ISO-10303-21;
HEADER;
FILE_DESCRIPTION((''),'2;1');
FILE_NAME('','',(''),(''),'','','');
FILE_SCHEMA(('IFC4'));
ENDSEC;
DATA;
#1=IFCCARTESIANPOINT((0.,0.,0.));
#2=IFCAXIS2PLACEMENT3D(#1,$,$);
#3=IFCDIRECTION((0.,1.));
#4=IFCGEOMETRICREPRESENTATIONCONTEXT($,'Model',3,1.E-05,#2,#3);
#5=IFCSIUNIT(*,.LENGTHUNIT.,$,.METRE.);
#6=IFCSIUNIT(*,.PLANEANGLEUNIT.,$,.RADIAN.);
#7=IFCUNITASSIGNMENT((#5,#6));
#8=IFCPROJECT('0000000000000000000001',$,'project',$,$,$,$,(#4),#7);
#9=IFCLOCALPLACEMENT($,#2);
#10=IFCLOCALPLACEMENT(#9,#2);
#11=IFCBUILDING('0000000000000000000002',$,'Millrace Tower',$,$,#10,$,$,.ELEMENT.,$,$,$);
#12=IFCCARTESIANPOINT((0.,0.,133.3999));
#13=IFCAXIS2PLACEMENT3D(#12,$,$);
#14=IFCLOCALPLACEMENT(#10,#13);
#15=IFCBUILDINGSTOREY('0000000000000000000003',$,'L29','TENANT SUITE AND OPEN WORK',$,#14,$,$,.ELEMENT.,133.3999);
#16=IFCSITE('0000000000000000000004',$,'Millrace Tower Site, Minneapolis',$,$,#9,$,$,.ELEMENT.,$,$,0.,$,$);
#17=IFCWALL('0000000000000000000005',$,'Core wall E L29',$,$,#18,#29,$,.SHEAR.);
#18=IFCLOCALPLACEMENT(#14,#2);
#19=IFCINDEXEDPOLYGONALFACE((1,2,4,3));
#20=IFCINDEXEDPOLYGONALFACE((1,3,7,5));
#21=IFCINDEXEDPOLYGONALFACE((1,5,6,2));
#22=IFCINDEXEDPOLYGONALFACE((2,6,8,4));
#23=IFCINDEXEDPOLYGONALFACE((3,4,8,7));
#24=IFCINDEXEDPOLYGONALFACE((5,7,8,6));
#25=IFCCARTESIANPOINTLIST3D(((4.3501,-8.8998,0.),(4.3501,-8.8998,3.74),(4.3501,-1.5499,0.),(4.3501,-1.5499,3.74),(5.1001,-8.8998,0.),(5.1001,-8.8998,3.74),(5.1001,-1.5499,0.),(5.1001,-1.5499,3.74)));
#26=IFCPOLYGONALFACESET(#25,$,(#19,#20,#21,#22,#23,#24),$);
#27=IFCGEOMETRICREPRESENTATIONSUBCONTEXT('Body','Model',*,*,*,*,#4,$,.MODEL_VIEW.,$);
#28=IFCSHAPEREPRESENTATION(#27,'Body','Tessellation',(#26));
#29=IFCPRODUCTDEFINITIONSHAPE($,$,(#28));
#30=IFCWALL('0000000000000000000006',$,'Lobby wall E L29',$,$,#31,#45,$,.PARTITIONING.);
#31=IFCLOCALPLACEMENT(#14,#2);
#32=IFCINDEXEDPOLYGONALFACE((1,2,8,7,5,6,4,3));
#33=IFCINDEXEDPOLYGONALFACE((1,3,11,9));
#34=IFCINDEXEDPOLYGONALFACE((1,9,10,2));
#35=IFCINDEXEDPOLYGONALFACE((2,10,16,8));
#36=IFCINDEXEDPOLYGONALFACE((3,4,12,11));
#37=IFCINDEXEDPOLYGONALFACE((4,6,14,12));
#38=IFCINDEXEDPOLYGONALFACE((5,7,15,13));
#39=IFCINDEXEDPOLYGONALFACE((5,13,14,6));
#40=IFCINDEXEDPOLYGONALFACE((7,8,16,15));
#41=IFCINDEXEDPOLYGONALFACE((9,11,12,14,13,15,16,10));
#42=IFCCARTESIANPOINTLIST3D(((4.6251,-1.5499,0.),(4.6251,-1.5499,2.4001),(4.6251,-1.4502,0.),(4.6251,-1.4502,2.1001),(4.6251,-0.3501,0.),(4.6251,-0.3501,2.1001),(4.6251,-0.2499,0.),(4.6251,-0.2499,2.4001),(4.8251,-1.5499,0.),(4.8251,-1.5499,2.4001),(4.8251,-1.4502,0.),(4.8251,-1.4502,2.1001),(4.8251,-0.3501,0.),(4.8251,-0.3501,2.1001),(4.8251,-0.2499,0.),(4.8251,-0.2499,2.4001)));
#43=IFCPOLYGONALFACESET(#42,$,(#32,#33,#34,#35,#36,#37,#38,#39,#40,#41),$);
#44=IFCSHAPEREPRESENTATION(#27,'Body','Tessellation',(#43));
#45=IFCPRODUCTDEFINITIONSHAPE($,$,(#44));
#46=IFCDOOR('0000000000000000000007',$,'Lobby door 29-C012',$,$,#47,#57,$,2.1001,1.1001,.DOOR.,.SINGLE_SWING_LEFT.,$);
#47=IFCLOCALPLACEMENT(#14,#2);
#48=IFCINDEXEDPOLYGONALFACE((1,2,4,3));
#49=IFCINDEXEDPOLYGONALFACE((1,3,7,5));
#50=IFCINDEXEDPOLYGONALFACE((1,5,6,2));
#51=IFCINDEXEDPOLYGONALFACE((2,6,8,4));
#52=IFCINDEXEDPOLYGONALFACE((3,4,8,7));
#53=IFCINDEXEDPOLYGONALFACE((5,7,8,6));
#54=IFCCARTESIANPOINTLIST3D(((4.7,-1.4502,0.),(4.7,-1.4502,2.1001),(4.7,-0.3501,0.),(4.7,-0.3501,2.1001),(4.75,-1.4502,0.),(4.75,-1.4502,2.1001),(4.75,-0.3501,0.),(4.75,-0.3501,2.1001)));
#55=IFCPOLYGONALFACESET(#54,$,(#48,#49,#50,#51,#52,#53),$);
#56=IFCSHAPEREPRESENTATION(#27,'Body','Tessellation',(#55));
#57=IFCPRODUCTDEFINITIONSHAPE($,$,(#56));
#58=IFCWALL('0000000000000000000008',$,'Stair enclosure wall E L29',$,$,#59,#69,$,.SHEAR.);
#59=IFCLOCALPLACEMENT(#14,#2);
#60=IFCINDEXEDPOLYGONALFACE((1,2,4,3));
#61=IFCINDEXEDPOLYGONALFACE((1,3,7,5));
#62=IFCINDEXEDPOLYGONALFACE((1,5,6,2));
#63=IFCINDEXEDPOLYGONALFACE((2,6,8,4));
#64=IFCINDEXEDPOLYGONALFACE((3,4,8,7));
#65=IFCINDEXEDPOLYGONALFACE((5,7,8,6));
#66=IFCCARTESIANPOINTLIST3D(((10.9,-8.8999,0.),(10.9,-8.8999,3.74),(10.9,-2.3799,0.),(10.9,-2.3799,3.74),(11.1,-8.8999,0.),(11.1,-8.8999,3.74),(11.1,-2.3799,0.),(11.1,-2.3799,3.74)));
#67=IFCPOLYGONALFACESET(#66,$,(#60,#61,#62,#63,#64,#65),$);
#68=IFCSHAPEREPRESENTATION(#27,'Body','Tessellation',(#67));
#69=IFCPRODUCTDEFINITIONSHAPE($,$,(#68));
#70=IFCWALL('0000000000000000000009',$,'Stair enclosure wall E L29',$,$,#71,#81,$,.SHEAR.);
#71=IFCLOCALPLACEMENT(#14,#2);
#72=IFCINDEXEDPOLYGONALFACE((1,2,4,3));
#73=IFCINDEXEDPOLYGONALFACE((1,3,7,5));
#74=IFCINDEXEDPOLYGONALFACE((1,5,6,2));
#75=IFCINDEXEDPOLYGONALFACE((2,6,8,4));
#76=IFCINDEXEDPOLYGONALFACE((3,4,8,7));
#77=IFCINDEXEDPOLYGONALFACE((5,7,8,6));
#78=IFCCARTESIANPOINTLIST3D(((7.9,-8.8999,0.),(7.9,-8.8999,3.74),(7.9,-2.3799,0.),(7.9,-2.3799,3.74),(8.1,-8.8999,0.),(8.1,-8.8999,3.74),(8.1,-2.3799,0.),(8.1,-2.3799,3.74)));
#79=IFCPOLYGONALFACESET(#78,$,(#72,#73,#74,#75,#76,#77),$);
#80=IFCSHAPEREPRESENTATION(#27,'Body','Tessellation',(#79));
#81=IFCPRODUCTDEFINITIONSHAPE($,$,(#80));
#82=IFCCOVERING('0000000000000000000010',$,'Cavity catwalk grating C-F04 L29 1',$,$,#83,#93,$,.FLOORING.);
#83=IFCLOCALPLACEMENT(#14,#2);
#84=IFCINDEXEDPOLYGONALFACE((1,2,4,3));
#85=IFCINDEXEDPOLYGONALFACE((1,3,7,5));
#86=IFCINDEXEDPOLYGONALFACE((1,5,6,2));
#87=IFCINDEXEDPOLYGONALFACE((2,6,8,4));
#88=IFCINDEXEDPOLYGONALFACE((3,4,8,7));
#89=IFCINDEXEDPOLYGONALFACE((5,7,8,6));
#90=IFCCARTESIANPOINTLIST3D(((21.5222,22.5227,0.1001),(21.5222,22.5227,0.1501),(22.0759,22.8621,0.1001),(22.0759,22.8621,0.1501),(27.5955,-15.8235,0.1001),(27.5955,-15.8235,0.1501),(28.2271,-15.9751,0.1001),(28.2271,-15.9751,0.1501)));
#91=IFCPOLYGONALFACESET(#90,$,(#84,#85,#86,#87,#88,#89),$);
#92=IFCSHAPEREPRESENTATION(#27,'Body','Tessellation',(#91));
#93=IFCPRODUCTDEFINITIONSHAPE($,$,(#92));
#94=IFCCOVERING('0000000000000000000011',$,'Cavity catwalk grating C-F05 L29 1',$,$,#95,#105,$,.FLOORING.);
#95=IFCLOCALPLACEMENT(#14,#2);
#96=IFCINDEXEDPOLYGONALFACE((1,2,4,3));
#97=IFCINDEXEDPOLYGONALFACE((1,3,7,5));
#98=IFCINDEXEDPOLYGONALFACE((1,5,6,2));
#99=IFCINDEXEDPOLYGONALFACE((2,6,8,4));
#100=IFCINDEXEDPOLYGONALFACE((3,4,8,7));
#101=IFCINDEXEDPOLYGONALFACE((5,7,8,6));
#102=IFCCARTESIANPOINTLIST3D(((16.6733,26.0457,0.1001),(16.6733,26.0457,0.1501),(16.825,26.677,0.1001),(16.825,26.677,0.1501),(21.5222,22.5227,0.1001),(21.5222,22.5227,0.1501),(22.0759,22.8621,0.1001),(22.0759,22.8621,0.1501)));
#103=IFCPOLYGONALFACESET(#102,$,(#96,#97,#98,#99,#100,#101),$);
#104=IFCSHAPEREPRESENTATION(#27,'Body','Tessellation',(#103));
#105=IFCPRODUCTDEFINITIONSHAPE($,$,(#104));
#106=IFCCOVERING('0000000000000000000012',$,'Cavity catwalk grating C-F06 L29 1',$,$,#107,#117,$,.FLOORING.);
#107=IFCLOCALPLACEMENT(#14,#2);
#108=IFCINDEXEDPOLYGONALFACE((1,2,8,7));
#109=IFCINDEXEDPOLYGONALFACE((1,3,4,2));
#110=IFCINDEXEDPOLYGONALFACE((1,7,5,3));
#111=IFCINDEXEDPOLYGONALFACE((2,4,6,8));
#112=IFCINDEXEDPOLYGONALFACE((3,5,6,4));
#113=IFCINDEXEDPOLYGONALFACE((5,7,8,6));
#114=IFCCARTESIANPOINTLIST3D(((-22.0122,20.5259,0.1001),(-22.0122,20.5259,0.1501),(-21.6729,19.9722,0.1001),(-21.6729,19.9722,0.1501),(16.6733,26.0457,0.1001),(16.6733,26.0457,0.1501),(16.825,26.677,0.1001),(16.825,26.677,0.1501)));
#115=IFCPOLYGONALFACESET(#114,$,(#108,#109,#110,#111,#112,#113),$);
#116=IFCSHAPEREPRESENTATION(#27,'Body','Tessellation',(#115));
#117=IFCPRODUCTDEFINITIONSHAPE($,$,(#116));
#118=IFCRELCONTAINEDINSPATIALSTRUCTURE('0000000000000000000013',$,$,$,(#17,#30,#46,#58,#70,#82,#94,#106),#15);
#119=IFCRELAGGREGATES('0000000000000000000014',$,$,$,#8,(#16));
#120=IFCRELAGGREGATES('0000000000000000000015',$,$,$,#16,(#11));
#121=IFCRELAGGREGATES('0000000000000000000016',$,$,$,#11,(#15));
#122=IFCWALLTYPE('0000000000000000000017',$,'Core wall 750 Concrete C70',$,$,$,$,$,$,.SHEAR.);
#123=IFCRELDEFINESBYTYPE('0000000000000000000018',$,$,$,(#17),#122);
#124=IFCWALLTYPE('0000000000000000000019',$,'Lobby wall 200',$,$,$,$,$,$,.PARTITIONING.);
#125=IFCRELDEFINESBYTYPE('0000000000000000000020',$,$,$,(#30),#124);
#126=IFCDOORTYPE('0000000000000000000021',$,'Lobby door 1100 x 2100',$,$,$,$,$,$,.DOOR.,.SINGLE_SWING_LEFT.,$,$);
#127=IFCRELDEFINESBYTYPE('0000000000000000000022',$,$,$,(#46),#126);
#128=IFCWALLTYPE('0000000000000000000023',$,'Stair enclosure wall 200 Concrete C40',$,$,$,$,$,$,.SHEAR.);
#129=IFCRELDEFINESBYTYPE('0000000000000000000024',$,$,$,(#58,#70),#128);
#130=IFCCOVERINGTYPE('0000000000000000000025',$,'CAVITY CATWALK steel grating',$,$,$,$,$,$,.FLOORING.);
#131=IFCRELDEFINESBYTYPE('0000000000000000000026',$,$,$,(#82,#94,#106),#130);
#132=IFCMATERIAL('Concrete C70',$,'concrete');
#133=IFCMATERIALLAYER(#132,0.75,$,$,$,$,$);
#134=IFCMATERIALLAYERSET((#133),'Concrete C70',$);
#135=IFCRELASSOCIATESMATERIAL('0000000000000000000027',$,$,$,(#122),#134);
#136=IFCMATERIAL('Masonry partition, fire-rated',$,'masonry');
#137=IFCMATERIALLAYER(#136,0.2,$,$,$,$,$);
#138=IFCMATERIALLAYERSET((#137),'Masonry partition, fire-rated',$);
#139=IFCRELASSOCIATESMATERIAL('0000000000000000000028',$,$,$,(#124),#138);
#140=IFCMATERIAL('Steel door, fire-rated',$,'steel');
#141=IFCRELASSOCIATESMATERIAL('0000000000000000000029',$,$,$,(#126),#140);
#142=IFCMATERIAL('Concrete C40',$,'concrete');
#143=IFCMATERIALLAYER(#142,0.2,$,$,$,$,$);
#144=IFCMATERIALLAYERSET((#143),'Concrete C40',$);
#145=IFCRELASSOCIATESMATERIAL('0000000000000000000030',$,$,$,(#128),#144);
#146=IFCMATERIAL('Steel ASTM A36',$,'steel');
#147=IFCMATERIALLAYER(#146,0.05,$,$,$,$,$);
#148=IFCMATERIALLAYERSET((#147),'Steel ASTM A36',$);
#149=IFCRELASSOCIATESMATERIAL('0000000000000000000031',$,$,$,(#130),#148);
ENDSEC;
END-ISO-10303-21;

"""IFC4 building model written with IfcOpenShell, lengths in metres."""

from ifc_helpers import new_model, si_unit, direction, frame, frame_2d, origin, place, context, subcontext, project, spatial, polyline, rectangle, outline, extrude, material, layer, layer_set, type_object, element, fill, save


model = new_model("IFC4")

# Units and contexts
model_context = context("Model", 3, precision=1e-05, world=origin(), true_north=direction((0.0, 1.0)))
body_context = subcontext(model_context, "Body", "Model", "MODEL_VIEW")
ifc_project = project(units=[si_unit("LENGTHUNIT", "METRE"), si_unit("PLANEANGLEUNIT", "RADIAN")], contexts=[model_context])

# Site, building, storey
site_placement = place(None, origin())
site = spatial("IfcSite", under=ifc_project, at=site_placement, Name="Millrace Tower Site, Minneapolis", CompositionType="ELEMENT", RefElevation=0.0)
building_placement = place(site_placement, origin())
building = spatial("IfcBuilding", under=site, at=building_placement, Name="Millrace Tower", CompositionType="ELEMENT")
storey_placement = place(building_placement, frame((0.0, 0.0, 133.3999)))
storey = spatial("IfcBuildingStorey", under=building, at=storey_placement, Name="L29", Description="TENANT SUITE AND OPEN WORK", CompositionType="ELEMENT", Elevation=133.3999)

# Wall
ifc_material_1 = material(Name="Concrete C70", Category="concrete")
ifc_layer_1 = layer(ifc_material_1, 0.75)
ifc_layer_set_1 = layer_set([ifc_layer_1], Name="Concrete C70")
wall_type_1 = type_object("IfcWallType", Name="Core wall 750 Concrete C70", PredefinedType="SHEAR", material=ifc_layer_set_1)
wall_1_placement = place(storey_placement, frame((4.7251, -1.55, 0.0), z_axis=(0.0, 0.0, 1.0), x_axis=(0.0, -1.0, 0.0)))
element("IfcWall", 1, at=wall_1_placement, inside=storey, type_object=wall_type_1, Name="Core wall E L29", PredefinedType="SHEAR", context=body_context, shape_type="SweptSolid", body=[
    extrude(rectangle(XDim=7.3499, YDim=0.75, at=frame_2d((3.6748, 0.0))), origin(), (0.0, 0.0, 1.0), 3.74),
])

# Wall, opening, door
ifc_material_2 = material(Name="Masonry partition, fire-rated", Category="masonry")
ifc_layer_2 = layer(ifc_material_2, 0.2)
ifc_layer_set_2 = layer_set([ifc_layer_2], Name="Masonry partition, fire-rated")
wall_type_2 = type_object("IfcWallType", Name="Lobby wall 200", PredefinedType="PARTITIONING", material=ifc_layer_set_2)
wall_2_placement = place(storey_placement, frame((4.7251, -0.25, 0.0), z_axis=(0.0, 0.0, 1.0), x_axis=(0.0, -1.0, 0.0)))
wall_2 = element("IfcWall", 2, at=wall_2_placement, inside=storey, type_object=wall_type_2, Name="Lobby wall E L29", PredefinedType="PARTITIONING", context=body_context, shape_type="SweptSolid", body=[
    extrude(rectangle(XDim=1.3, YDim=0.2, at=frame_2d((0.6499, 0.0))), origin(), (0.0, 0.0, 1.0), 2.4001),
])
opening_placement = place(wall_2_placement, frame((0.1001, 0.0, 0.0)))
opening = element("IfcOpeningElement", 3, at=opening_placement, cuts=wall_2, PredefinedType="OPENING", context=body_context, shape_type="SweptSolid", body=[
    extrude(rectangle(XDim=1.1001, YDim=2.1001, at=frame_2d((0.55, 1.05))), frame((0.0, 0.1099, 0.0), z_axis=(0.0, -1.0, 0.0), x_axis=(1.0, 0.0, 0.0)), (0.0, 0.0, 1.0), 0.22),
])
ifc_material_3 = material(Name="Steel door, fire-rated", Category="steel")
door_type = type_object("IfcDoorType", Name="Lobby door 1100 x 2100", OperationType="SINGLE_SWING_LEFT", PredefinedType="DOOR", material=ifc_material_3)
door_placement = place(opening_placement, origin())
door = element("IfcDoor", 4, at=door_placement, inside=storey, type_object=door_type, Name="Lobby door 29-C012", OperationType="SINGLE_SWING_LEFT", OverallHeight=2.1001, OverallWidth=1.1001, PredefinedType="DOOR", context=body_context, shape_type="SweptSolid", body=[
    extrude(rectangle(XDim=1.1001, YDim=2.1001, at=frame_2d((0.55, 1.05))), frame((0.0, 0.0249, 0.0), z_axis=(0.0, -1.0, 0.0), x_axis=(1.0, 0.0, 0.0)), (0.0, 0.0, 1.0), 0.05),
])
fill(opening, door)

# Walls
ifc_material_4 = material(Name="Concrete C40", Category="concrete")
ifc_layer_3 = layer(ifc_material_4, 0.2)
ifc_layer_set_3 = layer_set([ifc_layer_3], Name="Concrete C40")
wall_type_3 = type_object("IfcWallType", Name="Stair enclosure wall 200 Concrete C40", PredefinedType="SHEAR", material=ifc_layer_set_3)
for number, where, z_axis, x_axis, name in (
    (5, (11.0, -2.3799, 0.0), (0.0, 0.0, 1.0), (0.0, -1.0, 0.0), "Stair enclosure wall E L29"),
    (6, (8.0, -2.3799, 0.0), (0.0, 0.0, 1.0), (0.0, -1.0, 0.0), "Stair enclosure wall E L29"),
):
    element("IfcWall", number, at=place(storey_placement, frame(where, z_axis=z_axis, x_axis=x_axis)), inside=storey, type_object=wall_type_3, Name=name, PredefinedType="SHEAR", context=body_context, shape_type="SweptSolid", body=[
        extrude(rectangle(XDim=6.52, YDim=0.2, at=frame_2d((3.26, 0.0))), origin(), (0.0, 0.0, 1.0), 3.74),
    ])

# Coverings
ifc_material_5 = material(Name="Steel ASTM A36", Category="steel")
ifc_layer_4 = layer(ifc_material_5, 0.05)
ifc_layer_set_4 = layer_set([ifc_layer_4], Name="Steel ASTM A36")
covering_type = type_object("IfcCoveringType", Name="CAVITY CATWALK steel grating", PredefinedType="FLOORING", material=ifc_layer_set_4)
placement_1 = place(storey_placement, frame((0.0, 0.0, 0.1001)))
element("IfcCovering", 7, at=placement_1, inside=storey, type_object=covering_type, Name="Cavity catwalk grating C-F04 L29 1", PredefinedType="FLOORING", context=body_context, shape_type="SweptSolid", body=[
    extrude(outline(polyline([(28.2271, -15.9751), (22.0759, 22.8621), (21.5222, 22.5227), (27.5955, -15.8235), (28.2271, -15.9751)])), origin(), (0.0, 0.0, 1.0), 0.05),
])
element("IfcCovering", 8, at=placement_1, inside=storey, type_object=covering_type, Name="Cavity catwalk grating C-F05 L29 1", PredefinedType="FLOORING", context=body_context, shape_type="SweptSolid", body=[
    extrude(outline(polyline([(22.0759, 22.8621), (16.825, 26.677), (16.6733, 26.0457), (21.5222, 22.5227), (22.0759, 22.8621)])), origin(), (0.0, 0.0, 1.0), 0.05),
])
element("IfcCovering", 9, at=placement_1, inside=storey, type_object=covering_type, Name="Cavity catwalk grating C-F06 L29 1", PredefinedType="FLOORING", context=body_context, shape_type="SweptSolid", body=[
    extrude(outline(polyline([(16.825, 26.677), (-22.0122, 20.5259), (-21.6729, 19.9722), (16.6733, 26.0457), (16.825, 26.677)])), origin(), (0.0, 0.0, 1.0), 0.05),
])

save(model, "model.ifc")
